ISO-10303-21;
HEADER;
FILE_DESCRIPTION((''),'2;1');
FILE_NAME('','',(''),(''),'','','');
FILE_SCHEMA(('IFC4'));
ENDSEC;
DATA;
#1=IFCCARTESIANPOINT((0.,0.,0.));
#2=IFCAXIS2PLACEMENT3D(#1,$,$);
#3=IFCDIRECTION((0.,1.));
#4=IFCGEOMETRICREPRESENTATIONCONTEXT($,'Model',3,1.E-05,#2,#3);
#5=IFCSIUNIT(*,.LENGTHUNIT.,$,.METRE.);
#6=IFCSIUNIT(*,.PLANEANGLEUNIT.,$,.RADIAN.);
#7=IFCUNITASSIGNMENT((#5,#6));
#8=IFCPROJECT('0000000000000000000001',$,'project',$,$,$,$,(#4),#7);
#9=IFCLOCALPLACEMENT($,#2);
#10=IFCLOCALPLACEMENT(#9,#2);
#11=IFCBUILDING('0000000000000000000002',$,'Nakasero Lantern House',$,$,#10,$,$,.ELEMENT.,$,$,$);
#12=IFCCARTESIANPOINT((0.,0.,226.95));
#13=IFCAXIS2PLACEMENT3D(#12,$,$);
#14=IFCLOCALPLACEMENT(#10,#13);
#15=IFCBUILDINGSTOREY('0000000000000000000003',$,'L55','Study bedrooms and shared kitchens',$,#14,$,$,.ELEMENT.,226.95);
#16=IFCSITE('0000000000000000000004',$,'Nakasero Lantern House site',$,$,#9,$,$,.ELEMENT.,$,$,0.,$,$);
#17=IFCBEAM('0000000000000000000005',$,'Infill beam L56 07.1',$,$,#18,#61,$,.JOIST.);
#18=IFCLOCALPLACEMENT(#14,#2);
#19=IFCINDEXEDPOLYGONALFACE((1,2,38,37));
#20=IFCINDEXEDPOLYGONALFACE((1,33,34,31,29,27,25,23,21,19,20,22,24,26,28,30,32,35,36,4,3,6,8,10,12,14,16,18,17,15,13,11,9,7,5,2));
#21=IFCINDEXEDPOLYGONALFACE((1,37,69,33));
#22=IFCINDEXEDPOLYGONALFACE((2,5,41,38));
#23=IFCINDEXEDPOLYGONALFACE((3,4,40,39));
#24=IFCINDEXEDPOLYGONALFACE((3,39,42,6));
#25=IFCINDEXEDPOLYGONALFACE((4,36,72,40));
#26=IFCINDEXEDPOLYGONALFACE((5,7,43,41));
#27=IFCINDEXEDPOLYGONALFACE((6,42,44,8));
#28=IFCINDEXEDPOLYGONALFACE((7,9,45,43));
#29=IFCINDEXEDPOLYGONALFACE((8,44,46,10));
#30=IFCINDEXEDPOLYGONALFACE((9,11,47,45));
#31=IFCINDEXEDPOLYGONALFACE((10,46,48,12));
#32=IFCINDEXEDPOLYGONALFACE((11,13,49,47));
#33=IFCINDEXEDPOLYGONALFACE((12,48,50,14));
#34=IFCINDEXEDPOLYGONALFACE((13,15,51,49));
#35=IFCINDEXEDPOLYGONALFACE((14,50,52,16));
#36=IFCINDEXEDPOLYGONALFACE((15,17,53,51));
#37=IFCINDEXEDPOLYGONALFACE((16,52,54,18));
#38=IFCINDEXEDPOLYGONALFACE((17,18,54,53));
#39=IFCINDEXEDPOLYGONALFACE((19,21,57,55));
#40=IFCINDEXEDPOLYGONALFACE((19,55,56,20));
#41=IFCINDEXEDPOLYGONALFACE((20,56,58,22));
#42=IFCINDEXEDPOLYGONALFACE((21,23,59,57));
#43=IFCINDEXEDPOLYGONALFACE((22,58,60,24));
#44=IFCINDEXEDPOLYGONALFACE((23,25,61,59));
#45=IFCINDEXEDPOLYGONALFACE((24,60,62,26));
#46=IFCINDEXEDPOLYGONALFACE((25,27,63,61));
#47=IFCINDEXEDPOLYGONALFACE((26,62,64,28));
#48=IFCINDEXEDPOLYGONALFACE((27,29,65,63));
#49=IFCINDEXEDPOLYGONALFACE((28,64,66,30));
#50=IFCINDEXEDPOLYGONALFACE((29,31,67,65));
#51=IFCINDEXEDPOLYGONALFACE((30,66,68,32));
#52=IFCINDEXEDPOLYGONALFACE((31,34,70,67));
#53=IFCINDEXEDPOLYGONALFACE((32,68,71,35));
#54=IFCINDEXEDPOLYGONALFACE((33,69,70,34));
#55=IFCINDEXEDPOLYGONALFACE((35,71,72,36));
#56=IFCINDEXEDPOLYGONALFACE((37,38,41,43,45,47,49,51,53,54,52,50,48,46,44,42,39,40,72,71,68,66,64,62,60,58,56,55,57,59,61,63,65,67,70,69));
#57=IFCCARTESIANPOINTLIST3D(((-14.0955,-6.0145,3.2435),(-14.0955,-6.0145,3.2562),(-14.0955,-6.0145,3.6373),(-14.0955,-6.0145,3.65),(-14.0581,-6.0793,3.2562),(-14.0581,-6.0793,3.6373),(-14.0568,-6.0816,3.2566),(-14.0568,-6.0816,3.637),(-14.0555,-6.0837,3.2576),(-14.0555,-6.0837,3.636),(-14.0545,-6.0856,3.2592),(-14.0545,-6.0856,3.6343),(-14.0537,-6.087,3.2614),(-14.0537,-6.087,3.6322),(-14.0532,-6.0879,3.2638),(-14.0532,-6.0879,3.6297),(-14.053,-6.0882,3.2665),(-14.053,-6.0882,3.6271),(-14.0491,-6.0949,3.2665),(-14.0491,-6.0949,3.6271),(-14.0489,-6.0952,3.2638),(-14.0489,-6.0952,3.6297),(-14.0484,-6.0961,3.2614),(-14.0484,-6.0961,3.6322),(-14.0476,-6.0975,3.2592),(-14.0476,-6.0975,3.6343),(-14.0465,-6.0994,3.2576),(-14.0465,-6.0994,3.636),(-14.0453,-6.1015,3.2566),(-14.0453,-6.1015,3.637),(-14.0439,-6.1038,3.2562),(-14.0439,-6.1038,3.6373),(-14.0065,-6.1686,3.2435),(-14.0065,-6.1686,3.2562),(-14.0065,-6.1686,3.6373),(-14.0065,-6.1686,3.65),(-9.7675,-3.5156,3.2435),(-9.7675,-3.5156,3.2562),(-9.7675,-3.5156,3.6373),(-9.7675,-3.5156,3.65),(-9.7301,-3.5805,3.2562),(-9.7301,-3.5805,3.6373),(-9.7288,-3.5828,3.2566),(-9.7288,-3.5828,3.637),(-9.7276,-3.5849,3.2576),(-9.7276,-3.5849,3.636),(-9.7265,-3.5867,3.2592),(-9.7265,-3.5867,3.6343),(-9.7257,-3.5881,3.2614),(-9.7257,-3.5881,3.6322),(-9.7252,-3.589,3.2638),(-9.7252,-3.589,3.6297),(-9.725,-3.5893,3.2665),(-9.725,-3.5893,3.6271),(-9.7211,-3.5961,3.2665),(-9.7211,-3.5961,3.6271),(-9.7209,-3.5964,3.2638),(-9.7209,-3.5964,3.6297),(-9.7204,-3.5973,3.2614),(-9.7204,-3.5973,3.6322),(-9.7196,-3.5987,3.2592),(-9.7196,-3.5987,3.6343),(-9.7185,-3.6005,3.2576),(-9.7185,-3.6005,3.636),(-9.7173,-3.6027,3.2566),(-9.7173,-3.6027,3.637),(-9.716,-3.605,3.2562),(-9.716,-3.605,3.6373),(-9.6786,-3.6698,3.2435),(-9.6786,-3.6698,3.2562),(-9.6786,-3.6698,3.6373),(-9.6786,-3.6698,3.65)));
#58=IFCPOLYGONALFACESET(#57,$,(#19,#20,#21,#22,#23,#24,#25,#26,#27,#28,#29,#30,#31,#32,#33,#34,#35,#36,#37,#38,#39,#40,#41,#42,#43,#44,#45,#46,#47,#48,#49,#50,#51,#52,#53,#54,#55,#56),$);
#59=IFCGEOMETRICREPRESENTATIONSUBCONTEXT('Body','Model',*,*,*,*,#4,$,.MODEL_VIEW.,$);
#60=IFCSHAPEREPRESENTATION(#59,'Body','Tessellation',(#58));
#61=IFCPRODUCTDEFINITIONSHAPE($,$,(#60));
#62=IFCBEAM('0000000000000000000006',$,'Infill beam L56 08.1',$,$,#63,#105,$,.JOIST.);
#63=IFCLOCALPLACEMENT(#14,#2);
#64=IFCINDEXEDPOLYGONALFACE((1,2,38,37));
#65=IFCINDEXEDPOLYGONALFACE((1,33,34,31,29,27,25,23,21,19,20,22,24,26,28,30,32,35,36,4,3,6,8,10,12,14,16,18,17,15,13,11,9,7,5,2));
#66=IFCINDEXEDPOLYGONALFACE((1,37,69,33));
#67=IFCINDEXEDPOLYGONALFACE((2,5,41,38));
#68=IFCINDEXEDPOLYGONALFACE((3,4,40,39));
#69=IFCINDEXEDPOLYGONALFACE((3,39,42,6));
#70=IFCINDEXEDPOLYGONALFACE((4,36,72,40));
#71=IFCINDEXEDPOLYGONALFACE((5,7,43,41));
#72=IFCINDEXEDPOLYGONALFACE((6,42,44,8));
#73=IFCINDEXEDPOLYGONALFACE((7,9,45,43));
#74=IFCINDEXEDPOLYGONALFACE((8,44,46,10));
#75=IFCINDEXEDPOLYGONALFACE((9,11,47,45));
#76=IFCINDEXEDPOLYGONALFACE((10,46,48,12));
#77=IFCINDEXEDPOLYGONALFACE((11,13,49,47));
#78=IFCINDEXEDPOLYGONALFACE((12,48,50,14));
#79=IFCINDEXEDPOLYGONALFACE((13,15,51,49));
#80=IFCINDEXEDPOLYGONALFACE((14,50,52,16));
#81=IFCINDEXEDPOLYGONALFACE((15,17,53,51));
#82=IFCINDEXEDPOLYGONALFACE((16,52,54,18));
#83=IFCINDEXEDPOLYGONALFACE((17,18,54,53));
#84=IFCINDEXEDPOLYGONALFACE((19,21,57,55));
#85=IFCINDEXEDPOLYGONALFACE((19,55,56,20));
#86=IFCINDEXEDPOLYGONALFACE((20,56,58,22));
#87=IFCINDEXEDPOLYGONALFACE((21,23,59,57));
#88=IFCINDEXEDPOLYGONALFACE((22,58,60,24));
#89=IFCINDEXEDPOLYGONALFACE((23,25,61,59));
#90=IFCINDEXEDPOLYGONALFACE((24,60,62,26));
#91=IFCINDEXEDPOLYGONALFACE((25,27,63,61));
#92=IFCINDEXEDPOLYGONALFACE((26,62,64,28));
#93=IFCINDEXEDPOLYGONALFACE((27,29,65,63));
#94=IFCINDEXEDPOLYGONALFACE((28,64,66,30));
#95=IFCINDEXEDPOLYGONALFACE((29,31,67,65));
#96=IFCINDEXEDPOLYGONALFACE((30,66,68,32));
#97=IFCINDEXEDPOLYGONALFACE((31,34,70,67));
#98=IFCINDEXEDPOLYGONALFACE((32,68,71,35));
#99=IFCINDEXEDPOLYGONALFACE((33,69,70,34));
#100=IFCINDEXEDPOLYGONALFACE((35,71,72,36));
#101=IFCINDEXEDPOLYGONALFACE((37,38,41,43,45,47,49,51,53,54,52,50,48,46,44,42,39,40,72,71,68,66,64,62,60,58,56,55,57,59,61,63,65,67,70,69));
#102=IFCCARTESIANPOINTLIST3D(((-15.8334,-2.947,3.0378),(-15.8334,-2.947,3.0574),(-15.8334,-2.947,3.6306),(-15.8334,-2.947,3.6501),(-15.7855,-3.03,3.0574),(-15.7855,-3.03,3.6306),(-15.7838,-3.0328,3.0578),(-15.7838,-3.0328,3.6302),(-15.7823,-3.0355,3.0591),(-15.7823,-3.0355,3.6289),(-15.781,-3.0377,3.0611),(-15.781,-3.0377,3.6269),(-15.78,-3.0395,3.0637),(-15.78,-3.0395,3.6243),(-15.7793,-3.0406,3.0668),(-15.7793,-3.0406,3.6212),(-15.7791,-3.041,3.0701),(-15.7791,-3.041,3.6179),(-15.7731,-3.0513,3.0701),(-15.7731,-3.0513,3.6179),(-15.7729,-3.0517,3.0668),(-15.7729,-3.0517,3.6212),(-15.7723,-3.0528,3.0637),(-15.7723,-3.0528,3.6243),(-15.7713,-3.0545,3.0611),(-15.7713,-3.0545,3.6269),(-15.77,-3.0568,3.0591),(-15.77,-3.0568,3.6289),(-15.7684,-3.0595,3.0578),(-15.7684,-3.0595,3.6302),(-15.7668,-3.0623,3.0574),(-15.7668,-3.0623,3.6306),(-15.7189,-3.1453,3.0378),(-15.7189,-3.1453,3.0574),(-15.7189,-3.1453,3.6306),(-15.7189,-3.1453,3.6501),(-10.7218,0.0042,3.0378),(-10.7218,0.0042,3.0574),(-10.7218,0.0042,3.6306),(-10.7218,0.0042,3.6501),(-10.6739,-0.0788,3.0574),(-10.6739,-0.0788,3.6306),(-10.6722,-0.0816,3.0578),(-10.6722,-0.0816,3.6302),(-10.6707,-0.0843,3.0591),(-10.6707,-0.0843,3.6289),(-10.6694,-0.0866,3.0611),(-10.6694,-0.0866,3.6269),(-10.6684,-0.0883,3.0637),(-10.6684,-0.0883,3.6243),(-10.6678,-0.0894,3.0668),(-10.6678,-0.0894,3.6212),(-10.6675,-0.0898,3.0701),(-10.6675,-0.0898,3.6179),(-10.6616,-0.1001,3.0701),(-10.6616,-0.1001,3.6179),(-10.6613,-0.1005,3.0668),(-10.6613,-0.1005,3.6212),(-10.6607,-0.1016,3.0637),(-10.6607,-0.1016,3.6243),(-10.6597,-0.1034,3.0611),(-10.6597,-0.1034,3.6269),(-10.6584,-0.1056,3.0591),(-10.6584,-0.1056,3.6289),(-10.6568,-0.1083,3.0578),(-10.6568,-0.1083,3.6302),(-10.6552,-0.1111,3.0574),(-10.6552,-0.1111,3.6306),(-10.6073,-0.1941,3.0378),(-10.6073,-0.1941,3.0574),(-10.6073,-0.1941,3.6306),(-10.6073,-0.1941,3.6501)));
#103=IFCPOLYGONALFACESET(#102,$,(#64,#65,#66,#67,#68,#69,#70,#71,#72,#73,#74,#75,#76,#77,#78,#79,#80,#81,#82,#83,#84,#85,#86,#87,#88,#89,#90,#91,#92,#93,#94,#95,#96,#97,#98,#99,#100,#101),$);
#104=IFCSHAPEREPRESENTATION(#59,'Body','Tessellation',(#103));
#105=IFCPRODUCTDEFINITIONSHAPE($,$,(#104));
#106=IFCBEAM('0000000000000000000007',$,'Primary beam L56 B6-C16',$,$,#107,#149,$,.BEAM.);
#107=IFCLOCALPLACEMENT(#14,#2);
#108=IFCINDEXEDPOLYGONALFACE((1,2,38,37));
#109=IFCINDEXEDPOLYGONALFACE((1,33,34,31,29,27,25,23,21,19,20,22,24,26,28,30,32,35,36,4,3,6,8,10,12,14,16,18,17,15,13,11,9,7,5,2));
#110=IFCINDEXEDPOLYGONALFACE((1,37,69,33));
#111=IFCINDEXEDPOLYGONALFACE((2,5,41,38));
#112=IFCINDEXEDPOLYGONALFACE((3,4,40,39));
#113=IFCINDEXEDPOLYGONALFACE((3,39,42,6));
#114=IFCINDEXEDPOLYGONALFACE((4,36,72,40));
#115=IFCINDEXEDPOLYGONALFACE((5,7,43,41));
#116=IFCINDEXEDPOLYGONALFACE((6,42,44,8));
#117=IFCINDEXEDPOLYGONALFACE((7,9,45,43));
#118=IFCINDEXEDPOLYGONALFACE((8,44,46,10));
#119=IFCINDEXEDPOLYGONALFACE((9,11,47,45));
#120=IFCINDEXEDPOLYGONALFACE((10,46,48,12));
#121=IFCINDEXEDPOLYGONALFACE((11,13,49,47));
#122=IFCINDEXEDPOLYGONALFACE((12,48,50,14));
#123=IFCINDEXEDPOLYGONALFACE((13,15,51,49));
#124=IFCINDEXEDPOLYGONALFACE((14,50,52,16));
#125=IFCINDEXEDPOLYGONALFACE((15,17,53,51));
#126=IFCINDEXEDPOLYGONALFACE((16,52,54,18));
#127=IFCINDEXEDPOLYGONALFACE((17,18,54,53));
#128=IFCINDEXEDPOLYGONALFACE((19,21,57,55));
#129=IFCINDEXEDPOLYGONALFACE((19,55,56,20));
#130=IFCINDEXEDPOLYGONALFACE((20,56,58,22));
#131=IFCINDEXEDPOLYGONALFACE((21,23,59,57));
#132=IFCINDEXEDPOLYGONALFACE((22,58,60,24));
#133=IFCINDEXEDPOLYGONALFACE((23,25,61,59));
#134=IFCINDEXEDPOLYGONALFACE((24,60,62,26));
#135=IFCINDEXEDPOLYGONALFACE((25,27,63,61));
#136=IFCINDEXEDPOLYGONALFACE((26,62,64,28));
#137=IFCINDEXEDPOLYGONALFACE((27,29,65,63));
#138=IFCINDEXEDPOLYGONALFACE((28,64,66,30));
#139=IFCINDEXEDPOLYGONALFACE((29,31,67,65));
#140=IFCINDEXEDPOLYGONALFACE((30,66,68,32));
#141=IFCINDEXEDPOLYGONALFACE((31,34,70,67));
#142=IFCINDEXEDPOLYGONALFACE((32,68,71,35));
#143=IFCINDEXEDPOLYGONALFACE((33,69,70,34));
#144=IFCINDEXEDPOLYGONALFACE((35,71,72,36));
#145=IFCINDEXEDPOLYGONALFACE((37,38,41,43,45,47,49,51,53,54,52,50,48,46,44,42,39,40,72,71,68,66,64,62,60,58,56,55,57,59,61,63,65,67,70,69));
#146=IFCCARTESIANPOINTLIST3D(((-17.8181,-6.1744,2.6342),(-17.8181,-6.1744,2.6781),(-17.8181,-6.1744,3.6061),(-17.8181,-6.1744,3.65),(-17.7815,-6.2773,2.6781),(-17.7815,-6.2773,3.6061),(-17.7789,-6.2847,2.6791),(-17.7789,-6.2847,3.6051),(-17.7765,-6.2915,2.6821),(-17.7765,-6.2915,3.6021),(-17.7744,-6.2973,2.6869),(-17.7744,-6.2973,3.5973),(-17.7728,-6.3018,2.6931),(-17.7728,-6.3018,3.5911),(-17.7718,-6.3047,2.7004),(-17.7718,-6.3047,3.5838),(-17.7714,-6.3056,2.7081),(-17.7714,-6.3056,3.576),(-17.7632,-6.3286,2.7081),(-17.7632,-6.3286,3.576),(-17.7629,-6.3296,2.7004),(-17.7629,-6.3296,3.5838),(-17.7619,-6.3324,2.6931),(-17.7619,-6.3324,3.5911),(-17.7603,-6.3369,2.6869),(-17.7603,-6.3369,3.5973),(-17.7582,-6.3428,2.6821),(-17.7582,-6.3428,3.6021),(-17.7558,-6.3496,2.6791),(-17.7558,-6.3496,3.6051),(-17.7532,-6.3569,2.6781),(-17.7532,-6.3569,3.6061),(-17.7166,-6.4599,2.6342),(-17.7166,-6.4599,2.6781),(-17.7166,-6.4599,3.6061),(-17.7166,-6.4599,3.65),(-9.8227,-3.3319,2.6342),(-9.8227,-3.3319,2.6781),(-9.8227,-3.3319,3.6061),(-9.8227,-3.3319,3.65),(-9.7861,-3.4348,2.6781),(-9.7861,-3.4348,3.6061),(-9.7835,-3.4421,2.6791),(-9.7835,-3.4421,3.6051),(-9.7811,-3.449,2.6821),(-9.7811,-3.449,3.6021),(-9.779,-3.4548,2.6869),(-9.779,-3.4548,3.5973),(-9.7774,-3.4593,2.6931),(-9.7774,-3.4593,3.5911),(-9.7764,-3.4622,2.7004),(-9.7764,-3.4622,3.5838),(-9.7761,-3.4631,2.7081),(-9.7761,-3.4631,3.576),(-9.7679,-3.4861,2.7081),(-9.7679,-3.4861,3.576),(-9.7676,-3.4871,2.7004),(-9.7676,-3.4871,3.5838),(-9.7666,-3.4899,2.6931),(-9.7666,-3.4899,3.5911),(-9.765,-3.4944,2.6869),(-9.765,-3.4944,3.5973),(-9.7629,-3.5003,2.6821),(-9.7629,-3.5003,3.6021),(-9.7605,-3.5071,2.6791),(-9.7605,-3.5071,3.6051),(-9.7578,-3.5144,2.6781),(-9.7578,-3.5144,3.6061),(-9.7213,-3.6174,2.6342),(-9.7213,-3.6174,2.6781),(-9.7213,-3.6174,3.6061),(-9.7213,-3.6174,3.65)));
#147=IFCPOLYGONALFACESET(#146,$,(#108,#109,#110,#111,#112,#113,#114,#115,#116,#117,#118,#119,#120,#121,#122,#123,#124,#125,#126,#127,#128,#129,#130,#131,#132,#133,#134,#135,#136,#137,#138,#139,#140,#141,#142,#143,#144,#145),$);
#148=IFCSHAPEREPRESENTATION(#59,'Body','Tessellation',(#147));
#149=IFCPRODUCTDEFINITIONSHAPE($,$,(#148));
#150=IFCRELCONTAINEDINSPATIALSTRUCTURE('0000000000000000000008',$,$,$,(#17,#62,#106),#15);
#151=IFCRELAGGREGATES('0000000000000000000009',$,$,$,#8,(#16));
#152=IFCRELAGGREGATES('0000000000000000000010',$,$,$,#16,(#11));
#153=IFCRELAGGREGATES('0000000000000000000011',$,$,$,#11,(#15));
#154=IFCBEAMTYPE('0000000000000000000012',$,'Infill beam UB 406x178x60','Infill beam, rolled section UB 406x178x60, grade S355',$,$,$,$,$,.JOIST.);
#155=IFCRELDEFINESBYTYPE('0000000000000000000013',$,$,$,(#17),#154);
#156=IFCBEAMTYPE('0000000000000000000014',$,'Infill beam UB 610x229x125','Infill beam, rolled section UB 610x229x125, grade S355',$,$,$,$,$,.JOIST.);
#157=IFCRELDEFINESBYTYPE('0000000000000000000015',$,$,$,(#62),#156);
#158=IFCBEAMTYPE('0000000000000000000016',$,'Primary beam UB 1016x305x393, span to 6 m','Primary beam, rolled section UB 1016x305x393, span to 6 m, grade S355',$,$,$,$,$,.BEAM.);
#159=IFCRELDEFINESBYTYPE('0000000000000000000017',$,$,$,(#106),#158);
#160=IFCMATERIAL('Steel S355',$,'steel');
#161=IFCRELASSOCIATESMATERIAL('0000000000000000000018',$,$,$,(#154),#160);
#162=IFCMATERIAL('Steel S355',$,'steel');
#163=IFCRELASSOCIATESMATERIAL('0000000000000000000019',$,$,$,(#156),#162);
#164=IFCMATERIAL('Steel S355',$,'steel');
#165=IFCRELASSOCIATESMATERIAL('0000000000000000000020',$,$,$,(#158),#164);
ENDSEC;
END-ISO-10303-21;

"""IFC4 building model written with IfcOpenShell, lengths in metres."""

from ifc_helpers import new_model, si_unit, direction, frame, origin, origin_2d, place, context, subcontext, project, spatial, i_section, extrude, material, material_profile, profile_set, type_object, element, save


model = new_model("IFC4")

# Units and contexts
model_context = context("Model", 3, precision=1e-05, world=origin(), true_north=direction((0.0, 1.0)))
body_context = subcontext(model_context, "Body", "Model", "MODEL_VIEW")
ifc_project = project(units=[si_unit("LENGTHUNIT", "METRE"), si_unit("PLANEANGLEUNIT", "RADIAN")], contexts=[model_context])

# Site, building, storey
site_placement = place(None, origin())
site = spatial("IfcSite", under=ifc_project, at=site_placement, Name="Nakasero Lantern House site", CompositionType="ELEMENT", RefElevation=0.0)
building_placement = place(site_placement, origin())
building = spatial("IfcBuilding", under=site, at=building_placement, Name="Nakasero Lantern House", CompositionType="ELEMENT")
storey_placement = place(building_placement, frame((0.0, 0.0, 226.95)))
storey = spatial("IfcBuildingStorey", under=building, at=storey_placement, Name="L55", Description="Study bedrooms and shared kitchens", CompositionType="ELEMENT", Elevation=226.95)

# Beams
ifc_material_1 = material(Name="Steel S355", Category="steel")
ifc_material_profile_1 = material_profile(ifc_material_1, i_section(OverallWidth=0.178, OverallDepth=0.4065, WebThickness=0.0078, FlangeThickness=0.0127, FilletRadius=0.0103, at=origin_2d()), Name="UB 406x178x60")
ifc_profile_set_1 = profile_set([ifc_material_profile_1], Name="Steel S355")
beam_type_1 = type_object("IfcBeamType", Name="Infill beam UB 406x178x60", Description="Infill beam, rolled section UB 406x178x60, grade S355", PredefinedType="JOIST", material=ifc_profile_set_1)
beam_1_placement = place(storey_placement, frame((-14.051, -6.0916, 3.4468), z_axis=(0.866019, 0.500011, 0.0), x_axis=(-0.500011, 0.866019, 0.0)))
element("IfcBeam", 1, at=beam_1_placement, inside=storey, type_object=beam_type_1, Name="Infill beam L56 07.1", PredefinedType="JOIST", context=body_context, shape_type="SweptSolid", body=[
    extrude(i_section(OverallWidth=0.178, OverallDepth=0.4065, WebThickness=0.0078, FlangeThickness=0.0127, FilletRadius=0.0103, at=origin_2d()), origin(), (0.0, 0.0, 1.0), 4.9976),
])
ifc_material_2 = material(Name="Steel S355", Category="steel")
ifc_material_profile_2 = material_profile(ifc_material_2, i_section(OverallWidth=0.229, OverallDepth=0.6123, WebThickness=0.012, FlangeThickness=0.0195, FilletRadius=0.0127, at=origin_2d()), Name="UB 610x229x125")
ifc_profile_set_2 = profile_set([ifc_material_profile_2], Name="Steel S355")
beam_type_2 = type_object("IfcBeamType", Name="Infill beam UB 610x229x125", Description="Infill beam, rolled section UB 610x229x125, grade S355", PredefinedType="JOIST", material=ifc_profile_set_2)
beam_2_placement = place(storey_placement, frame((-15.7761, -3.0461, 3.344), z_axis=(0.866025, 0.500001, 0.0), x_axis=(-0.500001, 0.866025, 0.0)))
element("IfcBeam", 2, at=beam_2_placement, inside=storey, type_object=beam_type_2, Name="Infill beam L56 08.1", PredefinedType="JOIST", context=body_context, shape_type="SweptSolid", body=[
    extrude(i_section(OverallWidth=0.229, OverallDepth=0.6123, WebThickness=0.012, FlangeThickness=0.0195, FilletRadius=0.0127, at=origin_2d()), origin(), (0.0, 0.0, 1.0), 5.9023),
])
ifc_material_3 = material(Name="Steel S355", Category="steel")
ifc_material_profile_3 = material_profile(ifc_material_3, i_section(OverallWidth=0.303, OverallDepth=1.0159, WebThickness=0.0244, FlangeThickness=0.0439, FilletRadius=0.03, at=origin_2d()), Name="UB 1016x305x393")
ifc_profile_set_3 = profile_set([ifc_material_profile_3], Name="Steel S355")
beam_type_3 = type_object("IfcBeamType", Name="Primary beam UB 1016x305x393, span to 6 m", Description="Primary beam, rolled section UB 1016x305x393, span to 6 m, grade S355", PredefinedType="BEAM", material=ifc_profile_set_3)
beam_3_placement = place(storey_placement, frame((-17.7673, -6.3171, 3.1421), z_axis=(0.942225, 0.334982, 0.0), x_axis=(-0.334982, 0.942225, 0.0)))
element("IfcBeam", 3, at=beam_3_placement, inside=storey, type_object=beam_type_3, Name="Primary beam L56 B6-C16", PredefinedType="BEAM", context=body_context, shape_type="SweptSolid", body=[
    extrude(i_section(OverallWidth=0.303, OverallDepth=1.0159, WebThickness=0.0244, FlangeThickness=0.0439, FilletRadius=0.03, at=origin_2d()), origin(), (0.0, 0.0, 1.0), 8.4856),
])

save(model, "model.ifc")
